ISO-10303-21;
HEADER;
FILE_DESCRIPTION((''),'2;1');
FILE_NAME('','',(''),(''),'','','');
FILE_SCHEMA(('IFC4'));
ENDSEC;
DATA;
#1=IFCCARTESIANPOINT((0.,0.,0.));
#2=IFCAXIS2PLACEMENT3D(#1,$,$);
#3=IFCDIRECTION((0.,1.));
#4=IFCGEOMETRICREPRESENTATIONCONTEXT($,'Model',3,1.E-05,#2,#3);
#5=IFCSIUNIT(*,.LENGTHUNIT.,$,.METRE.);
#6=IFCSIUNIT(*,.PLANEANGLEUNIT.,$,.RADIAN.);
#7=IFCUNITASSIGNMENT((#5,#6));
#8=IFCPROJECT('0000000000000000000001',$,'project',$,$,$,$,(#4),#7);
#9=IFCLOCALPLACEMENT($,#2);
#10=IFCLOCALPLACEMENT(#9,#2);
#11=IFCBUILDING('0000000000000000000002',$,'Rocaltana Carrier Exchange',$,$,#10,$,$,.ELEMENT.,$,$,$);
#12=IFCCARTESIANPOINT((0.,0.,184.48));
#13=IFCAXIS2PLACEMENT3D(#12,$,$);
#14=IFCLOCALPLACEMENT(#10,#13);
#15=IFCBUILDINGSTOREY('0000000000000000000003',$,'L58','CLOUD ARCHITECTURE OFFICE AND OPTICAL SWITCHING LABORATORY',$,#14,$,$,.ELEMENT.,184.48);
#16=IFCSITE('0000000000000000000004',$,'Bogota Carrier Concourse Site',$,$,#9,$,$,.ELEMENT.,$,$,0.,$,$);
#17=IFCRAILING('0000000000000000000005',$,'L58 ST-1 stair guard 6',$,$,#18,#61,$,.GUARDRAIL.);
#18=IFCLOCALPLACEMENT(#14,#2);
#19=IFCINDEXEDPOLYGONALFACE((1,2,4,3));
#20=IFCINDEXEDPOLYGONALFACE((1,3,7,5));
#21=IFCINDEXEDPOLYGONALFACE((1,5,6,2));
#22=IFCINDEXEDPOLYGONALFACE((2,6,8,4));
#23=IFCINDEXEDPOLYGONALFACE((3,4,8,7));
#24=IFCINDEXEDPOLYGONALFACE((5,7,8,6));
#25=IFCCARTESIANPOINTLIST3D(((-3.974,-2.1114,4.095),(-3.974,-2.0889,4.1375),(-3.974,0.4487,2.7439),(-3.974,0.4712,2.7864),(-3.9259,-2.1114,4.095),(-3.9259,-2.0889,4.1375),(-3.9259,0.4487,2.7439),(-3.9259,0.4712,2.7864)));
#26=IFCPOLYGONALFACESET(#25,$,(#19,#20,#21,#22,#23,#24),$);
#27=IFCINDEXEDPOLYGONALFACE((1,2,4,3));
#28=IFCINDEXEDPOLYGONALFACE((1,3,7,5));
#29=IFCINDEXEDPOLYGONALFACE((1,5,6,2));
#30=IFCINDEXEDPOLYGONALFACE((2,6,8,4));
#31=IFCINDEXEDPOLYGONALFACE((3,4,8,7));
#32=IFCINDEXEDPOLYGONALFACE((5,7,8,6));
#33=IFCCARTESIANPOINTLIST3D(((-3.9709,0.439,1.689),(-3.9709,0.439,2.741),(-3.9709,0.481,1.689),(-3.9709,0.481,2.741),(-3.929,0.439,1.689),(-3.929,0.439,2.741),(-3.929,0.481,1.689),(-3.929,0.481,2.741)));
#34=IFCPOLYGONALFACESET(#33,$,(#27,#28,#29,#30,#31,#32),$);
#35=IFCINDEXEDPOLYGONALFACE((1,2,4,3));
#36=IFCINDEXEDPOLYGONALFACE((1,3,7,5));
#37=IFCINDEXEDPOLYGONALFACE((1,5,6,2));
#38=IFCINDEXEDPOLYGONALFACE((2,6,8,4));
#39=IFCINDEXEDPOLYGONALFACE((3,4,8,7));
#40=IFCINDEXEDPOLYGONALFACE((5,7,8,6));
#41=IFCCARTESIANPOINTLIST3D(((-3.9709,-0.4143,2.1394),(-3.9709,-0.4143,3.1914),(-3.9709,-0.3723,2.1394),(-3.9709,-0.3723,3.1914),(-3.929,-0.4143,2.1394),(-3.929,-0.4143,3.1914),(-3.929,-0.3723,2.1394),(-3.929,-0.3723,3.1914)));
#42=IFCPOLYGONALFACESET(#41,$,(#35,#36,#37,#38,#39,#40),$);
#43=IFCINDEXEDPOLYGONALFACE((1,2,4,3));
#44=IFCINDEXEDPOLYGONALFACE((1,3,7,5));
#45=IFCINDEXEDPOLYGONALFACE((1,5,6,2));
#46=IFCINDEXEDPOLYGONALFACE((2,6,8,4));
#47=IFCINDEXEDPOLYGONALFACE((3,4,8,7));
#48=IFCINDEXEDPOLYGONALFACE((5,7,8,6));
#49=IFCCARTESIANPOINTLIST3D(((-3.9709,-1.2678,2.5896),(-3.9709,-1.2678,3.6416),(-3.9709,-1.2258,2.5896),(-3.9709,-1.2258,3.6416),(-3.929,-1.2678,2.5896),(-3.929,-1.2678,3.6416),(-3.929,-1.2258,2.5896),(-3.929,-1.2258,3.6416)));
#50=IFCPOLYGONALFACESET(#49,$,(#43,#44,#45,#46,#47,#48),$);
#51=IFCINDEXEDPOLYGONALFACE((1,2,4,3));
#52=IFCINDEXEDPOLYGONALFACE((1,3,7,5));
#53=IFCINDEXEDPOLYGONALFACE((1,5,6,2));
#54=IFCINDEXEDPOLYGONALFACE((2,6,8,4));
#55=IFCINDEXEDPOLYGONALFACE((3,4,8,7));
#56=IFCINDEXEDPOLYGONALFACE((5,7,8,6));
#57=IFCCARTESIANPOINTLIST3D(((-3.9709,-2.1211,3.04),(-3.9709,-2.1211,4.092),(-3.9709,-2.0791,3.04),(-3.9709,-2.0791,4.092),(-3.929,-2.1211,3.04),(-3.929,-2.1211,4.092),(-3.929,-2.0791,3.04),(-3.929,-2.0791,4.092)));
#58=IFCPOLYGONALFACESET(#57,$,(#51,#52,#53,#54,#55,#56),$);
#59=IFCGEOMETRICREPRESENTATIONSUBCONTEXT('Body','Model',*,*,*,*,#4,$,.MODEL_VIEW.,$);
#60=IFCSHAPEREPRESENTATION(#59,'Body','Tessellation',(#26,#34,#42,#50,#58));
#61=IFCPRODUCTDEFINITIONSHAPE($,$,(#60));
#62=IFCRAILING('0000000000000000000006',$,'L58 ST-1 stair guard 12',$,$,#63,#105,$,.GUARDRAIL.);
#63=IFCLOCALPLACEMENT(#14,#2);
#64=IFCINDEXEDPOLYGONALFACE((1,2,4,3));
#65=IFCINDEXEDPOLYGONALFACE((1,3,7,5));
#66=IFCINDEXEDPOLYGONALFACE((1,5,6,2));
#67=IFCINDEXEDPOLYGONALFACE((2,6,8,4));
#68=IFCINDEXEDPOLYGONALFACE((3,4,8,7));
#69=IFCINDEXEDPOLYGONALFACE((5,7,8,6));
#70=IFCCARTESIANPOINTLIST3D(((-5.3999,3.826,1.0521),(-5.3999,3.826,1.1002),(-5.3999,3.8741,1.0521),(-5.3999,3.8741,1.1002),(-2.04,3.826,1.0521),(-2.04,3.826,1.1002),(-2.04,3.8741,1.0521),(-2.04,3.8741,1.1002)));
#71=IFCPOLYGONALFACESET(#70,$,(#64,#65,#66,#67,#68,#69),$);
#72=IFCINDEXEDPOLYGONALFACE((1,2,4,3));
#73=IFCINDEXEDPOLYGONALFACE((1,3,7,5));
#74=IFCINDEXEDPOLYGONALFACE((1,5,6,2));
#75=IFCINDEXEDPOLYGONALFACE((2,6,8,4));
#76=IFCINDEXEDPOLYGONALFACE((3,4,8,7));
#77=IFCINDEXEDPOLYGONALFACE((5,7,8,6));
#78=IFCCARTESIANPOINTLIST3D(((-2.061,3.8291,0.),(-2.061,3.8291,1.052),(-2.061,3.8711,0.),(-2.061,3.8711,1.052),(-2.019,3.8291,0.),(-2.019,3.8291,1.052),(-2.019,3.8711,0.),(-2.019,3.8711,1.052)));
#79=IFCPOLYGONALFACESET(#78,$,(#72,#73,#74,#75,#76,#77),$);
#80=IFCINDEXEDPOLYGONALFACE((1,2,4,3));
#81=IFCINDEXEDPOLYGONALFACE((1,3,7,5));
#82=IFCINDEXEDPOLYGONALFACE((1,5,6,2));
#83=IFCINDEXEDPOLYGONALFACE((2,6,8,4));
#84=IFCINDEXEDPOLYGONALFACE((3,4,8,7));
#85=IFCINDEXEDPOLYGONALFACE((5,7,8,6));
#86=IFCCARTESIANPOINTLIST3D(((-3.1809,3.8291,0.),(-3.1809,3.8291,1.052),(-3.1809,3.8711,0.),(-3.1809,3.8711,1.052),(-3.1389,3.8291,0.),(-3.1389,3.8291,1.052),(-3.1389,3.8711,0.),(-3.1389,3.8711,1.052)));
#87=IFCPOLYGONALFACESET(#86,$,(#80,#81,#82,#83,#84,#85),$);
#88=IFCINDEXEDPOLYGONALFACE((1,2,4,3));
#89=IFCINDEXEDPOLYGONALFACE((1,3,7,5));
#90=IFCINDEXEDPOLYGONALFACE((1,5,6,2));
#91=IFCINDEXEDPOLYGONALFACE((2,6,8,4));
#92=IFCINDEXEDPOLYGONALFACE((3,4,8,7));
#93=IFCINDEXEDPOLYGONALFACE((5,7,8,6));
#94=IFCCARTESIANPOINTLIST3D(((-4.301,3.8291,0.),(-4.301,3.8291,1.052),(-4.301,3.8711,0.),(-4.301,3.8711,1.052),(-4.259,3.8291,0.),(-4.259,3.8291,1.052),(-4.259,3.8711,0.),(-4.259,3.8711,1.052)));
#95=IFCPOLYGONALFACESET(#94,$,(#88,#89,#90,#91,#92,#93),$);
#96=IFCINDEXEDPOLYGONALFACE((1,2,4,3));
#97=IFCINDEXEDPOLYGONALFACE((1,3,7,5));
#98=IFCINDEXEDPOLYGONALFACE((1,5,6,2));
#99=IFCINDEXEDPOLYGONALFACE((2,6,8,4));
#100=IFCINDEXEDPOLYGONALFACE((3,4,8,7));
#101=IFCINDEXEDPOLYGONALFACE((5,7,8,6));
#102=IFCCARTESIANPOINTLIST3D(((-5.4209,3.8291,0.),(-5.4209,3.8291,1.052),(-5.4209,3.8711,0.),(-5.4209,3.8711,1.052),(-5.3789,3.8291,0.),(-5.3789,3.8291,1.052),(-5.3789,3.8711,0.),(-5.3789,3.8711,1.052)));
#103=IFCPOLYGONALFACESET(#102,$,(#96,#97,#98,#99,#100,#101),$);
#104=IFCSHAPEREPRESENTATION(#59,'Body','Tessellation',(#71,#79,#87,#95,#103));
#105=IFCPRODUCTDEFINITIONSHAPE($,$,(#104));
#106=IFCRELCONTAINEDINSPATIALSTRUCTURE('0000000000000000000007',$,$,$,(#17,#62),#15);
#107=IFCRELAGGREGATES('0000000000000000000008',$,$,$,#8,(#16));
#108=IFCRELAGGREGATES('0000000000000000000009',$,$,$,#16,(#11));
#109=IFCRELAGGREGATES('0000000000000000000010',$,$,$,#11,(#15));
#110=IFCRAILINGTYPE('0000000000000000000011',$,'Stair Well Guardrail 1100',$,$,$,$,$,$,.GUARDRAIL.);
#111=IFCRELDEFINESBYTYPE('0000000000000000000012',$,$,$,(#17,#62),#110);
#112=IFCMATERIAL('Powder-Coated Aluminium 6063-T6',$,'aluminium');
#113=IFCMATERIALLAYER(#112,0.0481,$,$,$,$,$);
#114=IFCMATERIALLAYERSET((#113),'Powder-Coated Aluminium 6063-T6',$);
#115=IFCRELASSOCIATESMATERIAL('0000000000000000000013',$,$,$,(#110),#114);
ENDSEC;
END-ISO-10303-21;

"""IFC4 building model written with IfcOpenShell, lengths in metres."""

from ifc_helpers import new_model, si_unit, direction, frame, origin, origin_2d, place, context, subcontext, project, spatial, rectangle, extrude, material, layer, layer_set, type_object, element, save


model = new_model("IFC4")

# Units and contexts
model_context = context("Model", 3, precision=1e-05, world=origin(), true_north=direction((0.0, 1.0)))
body_context = subcontext(model_context, "Body", "Model", "MODEL_VIEW")
ifc_project = project(units=[si_unit("LENGTHUNIT", "METRE"), si_unit("PLANEANGLEUNIT", "RADIAN")], contexts=[model_context])

# Site, building, storey
site_placement = place(None, origin())
site = spatial("IfcSite", under=ifc_project, at=site_placement, Name="Bogota Carrier Concourse Site", CompositionType="ELEMENT", RefElevation=0.0)
building_placement = place(site_placement, origin())
building = spatial("IfcBuilding", under=site, at=building_placement, Name="Rocaltana Carrier Exchange", CompositionType="ELEMENT")
storey_placement = place(building_placement, frame((0.0, 0.0, 184.48)))
storey = spatial("IfcBuildingStorey", under=building, at=storey_placement, Name="L58", Description="CLOUD ARCHITECTURE OFFICE AND OPTICAL SWITCHING LABORATORY", CompositionType="ELEMENT", Elevation=184.48)

# Railings
ifc_material_1 = material(Name="Powder-Coated Aluminium 6063-T6", Category="aluminium")
ifc_layer_1 = layer(ifc_material_1, 0.0481)
ifc_layer_set_1 = layer_set([ifc_layer_1], Name="Powder-Coated Aluminium 6063-T6")
railing_type_1 = type_object("IfcRailingType", Name="Stair Well Guardrail 1100", PredefinedType="GUARDRAIL", material=ifc_layer_set_1)
railing_1_placement = place(storey_placement, frame((-3.95, 0.46, 1.689)))
element("IfcRailing", 1, at=railing_1_placement, inside=storey, type_object=railing_type_1, Name="L58 ST-1 stair guard 6", PredefinedType="GUARDRAIL", context=body_context, shape_type="SweptSolid", body=[
    extrude(rectangle(XDim=0.0481, YDim=0.0481, at=origin_2d()), frame((0.0, 0.0, 1.0762), z_axis=(0.0, -0.884394, 0.46674), x_axis=(1.0, 0.0, 0.0)), (0.0, 0.0, 1.0), 2.8948),
    extrude(rectangle(XDim=0.042, YDim=0.042, at=origin_2d()), origin(), (0.0, 0.0, 1.0), 1.052),
    extrude(rectangle(XDim=0.042, YDim=0.042, at=origin_2d()), frame((0.0, -0.8533, 0.4504)), (0.0, 0.0, 1.0), 1.052),
    extrude(rectangle(XDim=0.042, YDim=0.042, at=origin_2d()), frame((0.0, -1.7068, 0.9006)), (0.0, 0.0, 1.0), 1.052),
    extrude(rectangle(XDim=0.042, YDim=0.042, at=origin_2d()), frame((0.0, -2.5601, 1.3511)), (0.0, 0.0, 1.0), 1.052),
])
railing_2_placement = place(storey_placement, frame((-2.04, 3.8501, 0.0)))
element("IfcRailing", 2, at=railing_2_placement, inside=storey, type_object=railing_type_1, Name="L58 ST-1 stair guard 12", PredefinedType="GUARDRAIL", context=body_context, shape_type="SweptSolid", body=[
    extrude(rectangle(XDim=0.0481, YDim=0.0481, at=origin_2d()), frame((0.0, 0.0, 1.0762), z_axis=(-1.0, 0.0, 0.0), x_axis=(0.0, -1.0, 0.0)), (0.0, 0.0, 1.0), 3.3599),
    extrude(rectangle(XDim=0.042, YDim=0.042, at=origin_2d()), origin(), (0.0, 0.0, 1.0), 1.052),
    extrude(rectangle(XDim=0.042, YDim=0.042, at=origin_2d()), frame((-1.1199, 0.0, 0.0)), (0.0, 0.0, 1.0), 1.052),
    extrude(rectangle(XDim=0.042, YDim=0.042, at=origin_2d()), frame((-2.24, 0.0, 0.0)), (0.0, 0.0, 1.0), 1.052),
    extrude(rectangle(XDim=0.042, YDim=0.042, at=origin_2d()), frame((-3.3599, 0.0, 0.0)), (0.0, 0.0, 1.0), 1.052),
])

save(model, "model.ifc")
